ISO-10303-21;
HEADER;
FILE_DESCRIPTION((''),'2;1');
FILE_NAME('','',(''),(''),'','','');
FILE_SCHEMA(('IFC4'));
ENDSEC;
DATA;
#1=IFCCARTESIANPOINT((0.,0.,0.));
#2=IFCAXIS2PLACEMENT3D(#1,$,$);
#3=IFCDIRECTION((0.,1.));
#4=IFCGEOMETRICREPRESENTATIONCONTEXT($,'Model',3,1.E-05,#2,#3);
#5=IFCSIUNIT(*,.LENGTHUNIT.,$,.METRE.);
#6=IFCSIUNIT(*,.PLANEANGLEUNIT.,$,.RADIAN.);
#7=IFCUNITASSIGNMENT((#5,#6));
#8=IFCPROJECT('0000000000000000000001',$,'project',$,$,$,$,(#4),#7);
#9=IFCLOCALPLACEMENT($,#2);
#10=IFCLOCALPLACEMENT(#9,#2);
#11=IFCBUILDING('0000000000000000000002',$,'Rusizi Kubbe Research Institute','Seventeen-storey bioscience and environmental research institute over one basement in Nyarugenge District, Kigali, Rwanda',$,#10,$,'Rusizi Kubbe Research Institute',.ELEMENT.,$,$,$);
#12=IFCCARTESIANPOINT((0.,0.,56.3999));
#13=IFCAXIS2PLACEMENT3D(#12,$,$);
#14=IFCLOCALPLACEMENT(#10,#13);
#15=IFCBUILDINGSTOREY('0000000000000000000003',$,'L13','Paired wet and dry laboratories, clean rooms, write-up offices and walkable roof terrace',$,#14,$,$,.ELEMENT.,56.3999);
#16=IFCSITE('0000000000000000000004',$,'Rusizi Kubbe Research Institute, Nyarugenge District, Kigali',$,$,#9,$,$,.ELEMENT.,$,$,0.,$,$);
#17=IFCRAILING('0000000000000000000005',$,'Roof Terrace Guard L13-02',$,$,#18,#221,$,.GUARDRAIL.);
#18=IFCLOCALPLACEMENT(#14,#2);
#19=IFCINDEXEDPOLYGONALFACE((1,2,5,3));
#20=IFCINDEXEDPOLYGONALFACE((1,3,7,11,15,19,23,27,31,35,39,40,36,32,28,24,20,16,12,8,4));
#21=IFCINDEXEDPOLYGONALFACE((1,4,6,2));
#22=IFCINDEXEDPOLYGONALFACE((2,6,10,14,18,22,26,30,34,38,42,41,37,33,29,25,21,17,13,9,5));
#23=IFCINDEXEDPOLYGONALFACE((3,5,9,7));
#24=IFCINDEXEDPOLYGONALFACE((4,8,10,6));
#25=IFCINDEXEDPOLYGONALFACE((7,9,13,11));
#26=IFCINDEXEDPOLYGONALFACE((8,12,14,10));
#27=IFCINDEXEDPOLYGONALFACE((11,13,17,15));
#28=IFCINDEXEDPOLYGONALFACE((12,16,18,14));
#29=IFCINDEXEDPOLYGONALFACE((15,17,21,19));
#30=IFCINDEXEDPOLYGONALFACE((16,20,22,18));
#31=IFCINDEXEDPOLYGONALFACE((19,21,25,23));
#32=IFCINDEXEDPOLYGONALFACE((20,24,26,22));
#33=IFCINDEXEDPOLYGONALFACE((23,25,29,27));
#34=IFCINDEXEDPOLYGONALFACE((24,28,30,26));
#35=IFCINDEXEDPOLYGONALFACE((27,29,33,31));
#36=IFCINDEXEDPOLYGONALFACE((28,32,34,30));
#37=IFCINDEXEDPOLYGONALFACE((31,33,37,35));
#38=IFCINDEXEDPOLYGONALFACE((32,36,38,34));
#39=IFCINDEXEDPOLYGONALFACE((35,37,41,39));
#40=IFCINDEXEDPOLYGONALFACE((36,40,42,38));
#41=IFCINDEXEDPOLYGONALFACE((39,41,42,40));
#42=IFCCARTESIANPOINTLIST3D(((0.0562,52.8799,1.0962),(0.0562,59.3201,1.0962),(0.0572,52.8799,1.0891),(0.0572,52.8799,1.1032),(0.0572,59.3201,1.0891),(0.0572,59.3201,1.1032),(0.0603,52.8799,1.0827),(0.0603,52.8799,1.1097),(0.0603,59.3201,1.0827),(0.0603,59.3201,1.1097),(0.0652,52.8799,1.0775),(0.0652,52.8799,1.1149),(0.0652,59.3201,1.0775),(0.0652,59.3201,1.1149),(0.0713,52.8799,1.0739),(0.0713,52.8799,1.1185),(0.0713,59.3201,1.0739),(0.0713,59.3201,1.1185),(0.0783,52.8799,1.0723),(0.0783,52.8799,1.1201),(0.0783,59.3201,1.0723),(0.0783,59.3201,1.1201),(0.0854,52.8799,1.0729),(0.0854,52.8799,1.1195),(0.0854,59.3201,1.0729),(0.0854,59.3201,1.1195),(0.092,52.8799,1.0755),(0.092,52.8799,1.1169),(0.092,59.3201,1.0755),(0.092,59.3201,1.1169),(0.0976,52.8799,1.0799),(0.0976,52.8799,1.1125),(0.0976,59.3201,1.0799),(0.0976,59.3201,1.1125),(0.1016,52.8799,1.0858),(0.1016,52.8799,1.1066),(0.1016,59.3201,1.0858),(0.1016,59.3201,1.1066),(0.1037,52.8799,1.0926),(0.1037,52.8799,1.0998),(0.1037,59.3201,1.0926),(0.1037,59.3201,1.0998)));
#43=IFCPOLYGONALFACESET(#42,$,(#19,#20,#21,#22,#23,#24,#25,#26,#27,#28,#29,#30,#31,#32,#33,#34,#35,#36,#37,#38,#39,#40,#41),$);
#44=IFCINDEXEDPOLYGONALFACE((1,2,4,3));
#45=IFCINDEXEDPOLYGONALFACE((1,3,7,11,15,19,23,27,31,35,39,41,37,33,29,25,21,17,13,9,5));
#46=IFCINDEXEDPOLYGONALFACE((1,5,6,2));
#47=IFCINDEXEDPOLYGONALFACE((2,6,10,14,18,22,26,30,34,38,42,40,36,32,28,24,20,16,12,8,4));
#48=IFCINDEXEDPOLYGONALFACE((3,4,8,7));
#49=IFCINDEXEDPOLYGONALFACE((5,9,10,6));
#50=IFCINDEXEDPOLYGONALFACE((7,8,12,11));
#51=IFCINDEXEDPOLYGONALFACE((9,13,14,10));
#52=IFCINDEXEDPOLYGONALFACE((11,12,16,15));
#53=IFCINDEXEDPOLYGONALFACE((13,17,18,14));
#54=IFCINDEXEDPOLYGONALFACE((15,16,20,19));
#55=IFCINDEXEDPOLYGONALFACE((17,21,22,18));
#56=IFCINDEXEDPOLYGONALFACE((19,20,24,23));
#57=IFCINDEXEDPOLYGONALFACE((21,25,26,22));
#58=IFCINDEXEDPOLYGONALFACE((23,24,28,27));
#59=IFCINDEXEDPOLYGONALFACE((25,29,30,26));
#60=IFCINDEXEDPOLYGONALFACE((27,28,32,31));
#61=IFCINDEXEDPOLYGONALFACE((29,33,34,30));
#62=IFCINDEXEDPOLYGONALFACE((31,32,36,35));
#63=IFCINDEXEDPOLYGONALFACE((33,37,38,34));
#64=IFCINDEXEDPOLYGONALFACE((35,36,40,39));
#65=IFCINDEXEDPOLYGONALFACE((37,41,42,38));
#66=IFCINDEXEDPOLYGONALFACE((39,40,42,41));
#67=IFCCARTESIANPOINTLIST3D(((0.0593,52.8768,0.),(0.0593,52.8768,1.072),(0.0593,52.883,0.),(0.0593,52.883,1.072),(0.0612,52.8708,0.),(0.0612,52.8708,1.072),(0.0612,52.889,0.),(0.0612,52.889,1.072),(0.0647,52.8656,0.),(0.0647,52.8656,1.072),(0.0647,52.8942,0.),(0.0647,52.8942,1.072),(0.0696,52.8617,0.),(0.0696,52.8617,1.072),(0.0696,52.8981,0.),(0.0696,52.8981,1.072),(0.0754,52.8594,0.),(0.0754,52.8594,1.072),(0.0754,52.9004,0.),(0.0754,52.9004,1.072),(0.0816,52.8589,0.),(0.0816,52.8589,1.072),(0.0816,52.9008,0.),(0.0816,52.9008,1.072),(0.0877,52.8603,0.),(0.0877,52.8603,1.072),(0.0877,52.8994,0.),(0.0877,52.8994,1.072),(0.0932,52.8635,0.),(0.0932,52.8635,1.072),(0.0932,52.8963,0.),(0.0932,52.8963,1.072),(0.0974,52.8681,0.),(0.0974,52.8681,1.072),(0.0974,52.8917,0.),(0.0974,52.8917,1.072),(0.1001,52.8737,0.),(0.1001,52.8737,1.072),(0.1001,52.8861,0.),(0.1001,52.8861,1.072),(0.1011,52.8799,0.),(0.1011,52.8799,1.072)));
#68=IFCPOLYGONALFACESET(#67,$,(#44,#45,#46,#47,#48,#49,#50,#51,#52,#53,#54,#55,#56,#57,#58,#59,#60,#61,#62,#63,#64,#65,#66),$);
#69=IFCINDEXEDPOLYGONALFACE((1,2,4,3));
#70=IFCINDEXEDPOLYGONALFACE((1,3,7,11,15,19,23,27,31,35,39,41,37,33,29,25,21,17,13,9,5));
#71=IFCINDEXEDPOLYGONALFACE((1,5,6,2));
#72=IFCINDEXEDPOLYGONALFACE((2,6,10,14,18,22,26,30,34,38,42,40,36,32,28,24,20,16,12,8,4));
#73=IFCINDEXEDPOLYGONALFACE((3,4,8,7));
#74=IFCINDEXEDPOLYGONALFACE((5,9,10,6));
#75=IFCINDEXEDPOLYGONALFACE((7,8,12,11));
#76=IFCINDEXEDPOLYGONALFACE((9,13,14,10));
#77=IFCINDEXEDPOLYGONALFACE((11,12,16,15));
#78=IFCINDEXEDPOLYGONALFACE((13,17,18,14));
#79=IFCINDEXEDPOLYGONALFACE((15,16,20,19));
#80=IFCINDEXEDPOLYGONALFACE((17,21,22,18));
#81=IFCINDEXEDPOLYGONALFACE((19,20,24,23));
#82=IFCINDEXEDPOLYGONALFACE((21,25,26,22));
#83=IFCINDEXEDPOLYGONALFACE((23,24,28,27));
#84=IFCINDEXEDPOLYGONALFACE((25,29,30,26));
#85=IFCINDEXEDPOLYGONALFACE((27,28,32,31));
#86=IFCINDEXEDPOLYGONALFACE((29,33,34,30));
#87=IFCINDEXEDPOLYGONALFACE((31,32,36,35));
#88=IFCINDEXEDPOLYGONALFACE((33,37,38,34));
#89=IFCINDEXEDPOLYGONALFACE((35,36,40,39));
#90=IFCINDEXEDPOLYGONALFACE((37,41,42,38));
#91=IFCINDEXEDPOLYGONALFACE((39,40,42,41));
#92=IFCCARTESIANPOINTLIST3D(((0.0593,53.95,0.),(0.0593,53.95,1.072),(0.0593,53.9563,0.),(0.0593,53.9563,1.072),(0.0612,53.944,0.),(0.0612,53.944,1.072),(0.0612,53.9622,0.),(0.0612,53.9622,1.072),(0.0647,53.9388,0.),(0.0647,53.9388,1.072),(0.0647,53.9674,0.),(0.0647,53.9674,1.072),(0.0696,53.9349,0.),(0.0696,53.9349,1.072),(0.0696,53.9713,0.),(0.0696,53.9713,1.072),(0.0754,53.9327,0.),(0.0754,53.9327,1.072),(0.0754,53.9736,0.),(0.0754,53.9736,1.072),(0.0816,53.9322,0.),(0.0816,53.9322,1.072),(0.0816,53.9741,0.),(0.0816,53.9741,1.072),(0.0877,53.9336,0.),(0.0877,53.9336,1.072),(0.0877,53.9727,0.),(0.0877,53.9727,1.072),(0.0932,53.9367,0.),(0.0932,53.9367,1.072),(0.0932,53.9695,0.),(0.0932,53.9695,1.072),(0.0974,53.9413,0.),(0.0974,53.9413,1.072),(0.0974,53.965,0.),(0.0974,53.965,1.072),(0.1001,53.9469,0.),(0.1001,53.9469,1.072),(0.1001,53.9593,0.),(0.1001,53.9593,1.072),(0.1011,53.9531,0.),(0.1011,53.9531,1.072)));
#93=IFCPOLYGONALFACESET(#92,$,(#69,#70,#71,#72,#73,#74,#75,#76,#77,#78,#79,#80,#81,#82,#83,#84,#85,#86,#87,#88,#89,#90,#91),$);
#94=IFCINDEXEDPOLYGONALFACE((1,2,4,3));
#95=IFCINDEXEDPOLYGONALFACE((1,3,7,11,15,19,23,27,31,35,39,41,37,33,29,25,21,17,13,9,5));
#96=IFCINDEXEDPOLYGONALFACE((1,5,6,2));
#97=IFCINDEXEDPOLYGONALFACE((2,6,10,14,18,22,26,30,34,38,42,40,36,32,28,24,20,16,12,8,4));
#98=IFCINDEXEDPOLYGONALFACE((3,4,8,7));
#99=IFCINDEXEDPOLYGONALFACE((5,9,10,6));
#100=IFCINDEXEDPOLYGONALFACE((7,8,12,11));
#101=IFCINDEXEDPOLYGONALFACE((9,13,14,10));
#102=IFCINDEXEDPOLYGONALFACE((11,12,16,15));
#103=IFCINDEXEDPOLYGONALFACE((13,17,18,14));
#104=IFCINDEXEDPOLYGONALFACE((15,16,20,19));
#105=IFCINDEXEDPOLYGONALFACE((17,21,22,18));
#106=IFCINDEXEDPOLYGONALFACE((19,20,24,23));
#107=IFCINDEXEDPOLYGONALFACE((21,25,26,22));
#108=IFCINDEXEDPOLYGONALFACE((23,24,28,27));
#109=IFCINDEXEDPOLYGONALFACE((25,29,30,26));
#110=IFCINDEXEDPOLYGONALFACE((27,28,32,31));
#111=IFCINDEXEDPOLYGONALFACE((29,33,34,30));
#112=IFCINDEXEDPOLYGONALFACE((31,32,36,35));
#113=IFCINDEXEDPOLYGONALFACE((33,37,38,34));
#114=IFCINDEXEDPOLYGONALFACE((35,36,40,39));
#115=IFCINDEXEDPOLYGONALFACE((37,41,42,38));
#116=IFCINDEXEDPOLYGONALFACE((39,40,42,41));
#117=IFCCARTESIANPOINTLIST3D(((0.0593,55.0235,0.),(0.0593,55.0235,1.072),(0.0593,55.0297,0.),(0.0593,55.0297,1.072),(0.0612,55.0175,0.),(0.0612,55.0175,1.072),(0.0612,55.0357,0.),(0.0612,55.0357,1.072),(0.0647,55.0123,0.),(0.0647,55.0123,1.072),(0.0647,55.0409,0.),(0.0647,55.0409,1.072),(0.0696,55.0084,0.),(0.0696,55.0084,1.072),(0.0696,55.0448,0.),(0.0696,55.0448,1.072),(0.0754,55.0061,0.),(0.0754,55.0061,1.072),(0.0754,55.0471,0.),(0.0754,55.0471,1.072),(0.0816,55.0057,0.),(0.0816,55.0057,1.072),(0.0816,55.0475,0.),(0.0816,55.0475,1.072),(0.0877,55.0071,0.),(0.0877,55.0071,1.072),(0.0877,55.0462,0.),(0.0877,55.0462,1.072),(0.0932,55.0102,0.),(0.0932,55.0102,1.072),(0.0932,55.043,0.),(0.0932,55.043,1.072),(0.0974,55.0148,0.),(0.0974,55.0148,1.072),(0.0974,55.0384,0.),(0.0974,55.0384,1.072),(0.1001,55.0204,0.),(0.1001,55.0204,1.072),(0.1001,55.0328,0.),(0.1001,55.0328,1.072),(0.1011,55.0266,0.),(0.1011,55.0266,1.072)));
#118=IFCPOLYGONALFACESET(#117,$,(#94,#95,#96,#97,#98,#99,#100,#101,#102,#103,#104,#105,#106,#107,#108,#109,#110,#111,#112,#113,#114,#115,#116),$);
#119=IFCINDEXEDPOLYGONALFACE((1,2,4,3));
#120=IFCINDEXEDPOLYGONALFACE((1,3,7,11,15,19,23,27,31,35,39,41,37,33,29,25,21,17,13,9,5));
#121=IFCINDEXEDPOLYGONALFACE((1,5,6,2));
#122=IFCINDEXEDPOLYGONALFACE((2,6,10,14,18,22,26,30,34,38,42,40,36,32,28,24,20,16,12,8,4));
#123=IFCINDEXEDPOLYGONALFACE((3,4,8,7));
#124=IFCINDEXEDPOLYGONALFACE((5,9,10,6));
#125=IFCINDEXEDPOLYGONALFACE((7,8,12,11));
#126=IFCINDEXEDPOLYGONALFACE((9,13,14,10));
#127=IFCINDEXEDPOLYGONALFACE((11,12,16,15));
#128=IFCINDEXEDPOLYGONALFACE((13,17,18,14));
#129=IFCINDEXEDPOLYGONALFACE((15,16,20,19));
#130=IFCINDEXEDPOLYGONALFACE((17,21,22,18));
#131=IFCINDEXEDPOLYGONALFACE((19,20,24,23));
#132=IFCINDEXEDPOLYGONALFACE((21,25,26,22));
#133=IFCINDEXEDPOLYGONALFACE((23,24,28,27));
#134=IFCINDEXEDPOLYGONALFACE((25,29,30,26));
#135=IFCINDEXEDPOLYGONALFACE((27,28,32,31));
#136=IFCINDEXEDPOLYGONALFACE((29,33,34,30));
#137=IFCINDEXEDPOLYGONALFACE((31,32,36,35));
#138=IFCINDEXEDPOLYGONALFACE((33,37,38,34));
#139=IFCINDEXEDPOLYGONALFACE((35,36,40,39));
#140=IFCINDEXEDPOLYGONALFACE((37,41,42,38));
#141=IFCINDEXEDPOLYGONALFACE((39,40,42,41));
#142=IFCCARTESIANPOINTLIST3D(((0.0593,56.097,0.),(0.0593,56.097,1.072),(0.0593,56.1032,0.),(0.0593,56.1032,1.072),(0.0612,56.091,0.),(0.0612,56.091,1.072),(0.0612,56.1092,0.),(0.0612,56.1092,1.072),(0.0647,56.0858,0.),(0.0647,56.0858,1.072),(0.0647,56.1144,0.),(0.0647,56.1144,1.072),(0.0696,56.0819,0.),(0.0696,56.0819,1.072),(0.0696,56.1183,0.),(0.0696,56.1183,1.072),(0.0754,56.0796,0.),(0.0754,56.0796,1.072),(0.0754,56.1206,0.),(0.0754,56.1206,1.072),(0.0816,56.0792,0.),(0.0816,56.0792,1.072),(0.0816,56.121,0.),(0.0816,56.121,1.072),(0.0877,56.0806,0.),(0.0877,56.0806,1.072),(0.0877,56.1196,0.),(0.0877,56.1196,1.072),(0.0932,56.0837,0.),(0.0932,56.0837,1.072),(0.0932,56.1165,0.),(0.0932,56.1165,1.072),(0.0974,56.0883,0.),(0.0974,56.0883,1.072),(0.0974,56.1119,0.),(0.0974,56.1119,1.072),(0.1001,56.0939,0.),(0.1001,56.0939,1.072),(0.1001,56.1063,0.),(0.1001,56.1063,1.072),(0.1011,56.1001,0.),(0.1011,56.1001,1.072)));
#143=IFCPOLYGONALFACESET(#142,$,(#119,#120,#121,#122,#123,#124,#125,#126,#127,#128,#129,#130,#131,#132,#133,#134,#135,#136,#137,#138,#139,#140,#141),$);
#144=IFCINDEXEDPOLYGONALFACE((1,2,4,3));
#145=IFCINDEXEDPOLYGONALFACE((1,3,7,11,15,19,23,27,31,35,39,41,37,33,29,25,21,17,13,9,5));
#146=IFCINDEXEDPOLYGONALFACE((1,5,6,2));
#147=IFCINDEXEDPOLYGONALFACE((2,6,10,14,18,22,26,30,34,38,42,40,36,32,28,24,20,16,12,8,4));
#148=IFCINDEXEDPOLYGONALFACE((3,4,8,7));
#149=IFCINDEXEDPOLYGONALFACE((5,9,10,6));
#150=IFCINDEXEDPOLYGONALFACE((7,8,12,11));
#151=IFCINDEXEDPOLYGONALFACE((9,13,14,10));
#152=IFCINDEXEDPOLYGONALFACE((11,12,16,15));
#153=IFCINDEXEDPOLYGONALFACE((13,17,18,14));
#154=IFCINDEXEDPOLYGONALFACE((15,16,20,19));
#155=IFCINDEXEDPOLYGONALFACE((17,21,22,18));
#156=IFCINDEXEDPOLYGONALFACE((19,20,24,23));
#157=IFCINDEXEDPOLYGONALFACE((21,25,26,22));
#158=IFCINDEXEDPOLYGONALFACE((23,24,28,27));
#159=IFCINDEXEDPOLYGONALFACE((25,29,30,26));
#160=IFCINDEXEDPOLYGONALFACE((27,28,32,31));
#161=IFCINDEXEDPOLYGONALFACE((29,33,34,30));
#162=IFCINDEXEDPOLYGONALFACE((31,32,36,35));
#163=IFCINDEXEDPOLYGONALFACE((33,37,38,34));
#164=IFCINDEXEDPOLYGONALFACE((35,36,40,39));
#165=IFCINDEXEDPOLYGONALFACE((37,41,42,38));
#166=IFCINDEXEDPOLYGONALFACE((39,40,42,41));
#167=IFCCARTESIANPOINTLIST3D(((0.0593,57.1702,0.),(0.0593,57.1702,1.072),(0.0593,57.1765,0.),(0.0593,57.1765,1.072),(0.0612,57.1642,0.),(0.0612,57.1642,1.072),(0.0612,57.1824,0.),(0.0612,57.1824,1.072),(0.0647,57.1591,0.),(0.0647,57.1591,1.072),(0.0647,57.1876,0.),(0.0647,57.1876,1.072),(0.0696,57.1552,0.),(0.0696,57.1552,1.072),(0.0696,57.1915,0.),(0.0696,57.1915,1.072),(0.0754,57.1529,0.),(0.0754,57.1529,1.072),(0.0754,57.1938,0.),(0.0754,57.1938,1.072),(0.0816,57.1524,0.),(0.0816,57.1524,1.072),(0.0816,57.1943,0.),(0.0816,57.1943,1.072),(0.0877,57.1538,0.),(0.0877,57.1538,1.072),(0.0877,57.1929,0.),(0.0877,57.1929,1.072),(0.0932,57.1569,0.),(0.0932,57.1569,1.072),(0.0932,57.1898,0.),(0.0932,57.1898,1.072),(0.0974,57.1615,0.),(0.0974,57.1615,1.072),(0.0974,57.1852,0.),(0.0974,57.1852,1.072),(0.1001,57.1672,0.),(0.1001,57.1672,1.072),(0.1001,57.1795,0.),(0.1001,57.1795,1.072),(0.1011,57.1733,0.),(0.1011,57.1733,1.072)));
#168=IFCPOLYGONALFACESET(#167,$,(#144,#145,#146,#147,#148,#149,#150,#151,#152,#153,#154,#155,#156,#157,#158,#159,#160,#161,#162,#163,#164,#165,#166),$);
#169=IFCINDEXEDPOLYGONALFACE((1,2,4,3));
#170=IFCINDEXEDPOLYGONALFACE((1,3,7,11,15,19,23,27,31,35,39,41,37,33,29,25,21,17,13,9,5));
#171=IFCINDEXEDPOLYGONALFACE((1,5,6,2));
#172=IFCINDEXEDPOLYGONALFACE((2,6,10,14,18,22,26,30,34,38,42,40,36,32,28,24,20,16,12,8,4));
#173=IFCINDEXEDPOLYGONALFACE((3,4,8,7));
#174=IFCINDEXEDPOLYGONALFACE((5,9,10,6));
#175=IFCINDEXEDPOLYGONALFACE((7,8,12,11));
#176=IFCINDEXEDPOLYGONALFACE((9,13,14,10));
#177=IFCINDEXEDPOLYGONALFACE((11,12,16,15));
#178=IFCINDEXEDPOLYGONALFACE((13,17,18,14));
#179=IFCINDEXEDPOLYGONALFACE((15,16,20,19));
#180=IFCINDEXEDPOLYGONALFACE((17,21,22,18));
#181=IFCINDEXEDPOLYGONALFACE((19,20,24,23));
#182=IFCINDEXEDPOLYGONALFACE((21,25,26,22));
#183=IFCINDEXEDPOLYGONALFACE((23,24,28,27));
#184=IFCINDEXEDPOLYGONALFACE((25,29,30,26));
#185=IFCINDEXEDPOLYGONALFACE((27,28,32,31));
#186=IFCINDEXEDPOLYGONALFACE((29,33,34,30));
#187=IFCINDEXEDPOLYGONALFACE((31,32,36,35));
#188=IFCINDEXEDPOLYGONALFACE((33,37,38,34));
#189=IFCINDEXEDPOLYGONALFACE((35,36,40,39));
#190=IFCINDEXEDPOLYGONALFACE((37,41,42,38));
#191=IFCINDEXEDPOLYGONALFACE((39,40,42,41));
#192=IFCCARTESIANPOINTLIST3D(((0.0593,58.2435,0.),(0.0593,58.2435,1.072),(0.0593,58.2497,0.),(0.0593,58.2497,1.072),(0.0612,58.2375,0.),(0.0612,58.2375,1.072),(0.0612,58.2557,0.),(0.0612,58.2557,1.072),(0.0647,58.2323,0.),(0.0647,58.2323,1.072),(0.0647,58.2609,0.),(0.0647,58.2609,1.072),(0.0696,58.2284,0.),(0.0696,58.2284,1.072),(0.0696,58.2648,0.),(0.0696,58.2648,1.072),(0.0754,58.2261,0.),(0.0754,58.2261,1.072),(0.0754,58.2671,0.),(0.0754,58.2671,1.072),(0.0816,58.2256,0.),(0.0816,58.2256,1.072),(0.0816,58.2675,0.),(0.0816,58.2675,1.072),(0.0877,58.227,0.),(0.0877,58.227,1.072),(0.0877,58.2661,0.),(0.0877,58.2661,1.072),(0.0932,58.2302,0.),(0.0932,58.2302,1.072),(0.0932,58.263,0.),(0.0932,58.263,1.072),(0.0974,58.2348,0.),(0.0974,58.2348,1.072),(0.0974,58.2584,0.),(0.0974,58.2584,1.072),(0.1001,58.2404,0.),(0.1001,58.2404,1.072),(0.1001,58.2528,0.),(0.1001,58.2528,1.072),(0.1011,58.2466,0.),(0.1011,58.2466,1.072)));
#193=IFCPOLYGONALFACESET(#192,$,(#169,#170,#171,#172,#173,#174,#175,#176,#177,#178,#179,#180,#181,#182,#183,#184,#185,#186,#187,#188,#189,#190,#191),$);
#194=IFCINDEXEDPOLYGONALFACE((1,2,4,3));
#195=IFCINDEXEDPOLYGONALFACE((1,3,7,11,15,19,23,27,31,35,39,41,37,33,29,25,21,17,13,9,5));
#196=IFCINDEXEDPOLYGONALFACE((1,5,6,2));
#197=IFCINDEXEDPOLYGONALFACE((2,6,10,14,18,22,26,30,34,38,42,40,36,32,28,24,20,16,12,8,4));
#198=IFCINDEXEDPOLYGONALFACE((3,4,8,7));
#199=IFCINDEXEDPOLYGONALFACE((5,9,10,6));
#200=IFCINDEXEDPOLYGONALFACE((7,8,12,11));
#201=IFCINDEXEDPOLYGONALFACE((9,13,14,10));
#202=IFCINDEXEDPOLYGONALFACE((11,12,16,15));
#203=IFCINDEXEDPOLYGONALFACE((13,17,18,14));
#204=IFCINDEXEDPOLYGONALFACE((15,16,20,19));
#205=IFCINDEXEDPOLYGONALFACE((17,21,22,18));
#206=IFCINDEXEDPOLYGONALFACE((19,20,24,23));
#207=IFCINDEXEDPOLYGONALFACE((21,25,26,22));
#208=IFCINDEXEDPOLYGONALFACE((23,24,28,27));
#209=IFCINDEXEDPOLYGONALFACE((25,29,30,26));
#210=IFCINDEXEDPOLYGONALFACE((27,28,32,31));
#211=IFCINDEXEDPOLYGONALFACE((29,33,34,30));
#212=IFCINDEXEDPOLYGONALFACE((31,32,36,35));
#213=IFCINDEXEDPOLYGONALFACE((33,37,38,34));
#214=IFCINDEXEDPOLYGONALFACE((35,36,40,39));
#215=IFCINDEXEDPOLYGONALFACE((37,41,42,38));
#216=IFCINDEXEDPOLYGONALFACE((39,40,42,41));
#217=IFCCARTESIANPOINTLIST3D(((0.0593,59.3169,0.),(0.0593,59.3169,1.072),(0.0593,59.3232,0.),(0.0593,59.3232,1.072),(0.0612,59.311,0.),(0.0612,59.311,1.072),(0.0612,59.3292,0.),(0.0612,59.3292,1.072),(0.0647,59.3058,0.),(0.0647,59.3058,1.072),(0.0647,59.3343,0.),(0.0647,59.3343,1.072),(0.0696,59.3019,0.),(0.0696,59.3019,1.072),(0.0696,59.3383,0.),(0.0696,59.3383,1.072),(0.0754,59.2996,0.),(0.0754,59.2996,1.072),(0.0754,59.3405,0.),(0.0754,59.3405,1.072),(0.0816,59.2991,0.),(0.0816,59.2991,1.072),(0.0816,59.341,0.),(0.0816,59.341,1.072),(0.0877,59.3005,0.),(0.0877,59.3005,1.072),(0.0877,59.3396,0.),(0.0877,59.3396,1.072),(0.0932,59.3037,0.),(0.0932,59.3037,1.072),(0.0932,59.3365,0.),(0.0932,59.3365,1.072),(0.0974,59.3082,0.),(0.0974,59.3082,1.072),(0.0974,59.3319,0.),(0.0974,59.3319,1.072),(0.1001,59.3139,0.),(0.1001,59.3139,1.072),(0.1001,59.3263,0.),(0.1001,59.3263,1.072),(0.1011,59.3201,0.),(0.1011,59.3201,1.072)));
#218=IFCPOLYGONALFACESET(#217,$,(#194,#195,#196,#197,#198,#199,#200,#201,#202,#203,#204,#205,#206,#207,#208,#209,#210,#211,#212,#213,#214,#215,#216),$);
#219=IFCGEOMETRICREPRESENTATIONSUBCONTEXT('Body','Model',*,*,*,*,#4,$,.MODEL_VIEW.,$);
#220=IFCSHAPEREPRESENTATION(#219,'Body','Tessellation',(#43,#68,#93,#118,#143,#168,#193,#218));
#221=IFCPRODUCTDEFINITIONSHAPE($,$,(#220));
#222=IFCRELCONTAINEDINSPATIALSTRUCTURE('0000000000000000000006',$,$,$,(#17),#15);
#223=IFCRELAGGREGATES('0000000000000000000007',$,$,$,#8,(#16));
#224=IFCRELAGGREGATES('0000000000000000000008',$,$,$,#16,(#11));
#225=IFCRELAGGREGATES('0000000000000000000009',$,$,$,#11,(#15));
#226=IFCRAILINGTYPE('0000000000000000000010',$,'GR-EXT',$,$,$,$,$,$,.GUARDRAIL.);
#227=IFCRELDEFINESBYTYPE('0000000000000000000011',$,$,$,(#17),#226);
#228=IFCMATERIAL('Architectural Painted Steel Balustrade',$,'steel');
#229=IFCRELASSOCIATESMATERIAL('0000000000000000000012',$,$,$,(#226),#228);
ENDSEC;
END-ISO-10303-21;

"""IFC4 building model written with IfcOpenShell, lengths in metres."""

from ifc_helpers import new_model, si_unit, direction, frame, origin, origin_2d, place, context, subcontext, project, spatial, circle, extrude, material, type_object, element, save


model = new_model("IFC4")

# Units and contexts
model_context = context("Model", 3, precision=1e-05, world=origin(), true_north=direction((0.0, 1.0)))
body_context = subcontext(model_context, "Body", "Model", "MODEL_VIEW")
ifc_project = project(units=[si_unit("LENGTHUNIT", "METRE"), si_unit("PLANEANGLEUNIT", "RADIAN")], contexts=[model_context])

# Site, building, storey
site_placement = place(None, origin())
site = spatial("IfcSite", under=ifc_project, at=site_placement, Name="Rusizi Kubbe Research Institute, Nyarugenge District, Kigali", CompositionType="ELEMENT", RefElevation=0.0)
building_placement = place(site_placement, origin())
building = spatial("IfcBuilding", under=site, at=building_placement, Name="Rusizi Kubbe Research Institute", Description="Seventeen-storey bioscience and environmental research institute over one basement in Nyarugenge District, Kigali, Rwanda", LongName="Rusizi Kubbe Research Institute", CompositionType="ELEMENT")
storey_placement = place(building_placement, frame((0.0, 0.0, 56.3999)))
storey = spatial("IfcBuildingStorey", under=building, at=storey_placement, Name="L13", Description="Paired wet and dry laboratories, clean rooms, write-up offices and walkable roof terrace", CompositionType="ELEMENT", Elevation=56.3999)

# Railing
ifc_material_1 = material(Name="Architectural Painted Steel Balustrade", Category="steel")
railing_type = type_object("IfcRailingType", Name="GR-EXT", PredefinedType="GUARDRAIL", material=ifc_material_1)
railing_1_placement = place(storey_placement, frame((0.0801, 52.8799, 0.0)))
element("IfcRailing", 1, at=railing_1_placement, inside=storey, type_object=railing_type, Name="Roof Terrace Guard L13-02", PredefinedType="GUARDRAIL", context=body_context, shape_type="SweptSolid", body=[
    extrude(circle(Radius=0.0239, at=origin_2d()), frame((0.0, 0.0, 1.0962), z_axis=(0.0, 1.0, 0.0), x_axis=(-1.0, 0.0, 0.0)), (0.0, 0.0, 1.0), 6.4402),
    extrude(circle(Radius=0.021, at=origin_2d()), origin(), (0.0, 0.0, 1.0), 1.072),
    extrude(circle(Radius=0.021, at=origin_2d()), frame((0.0, 1.0732, 0.0)), (0.0, 0.0, 1.0), 1.072),
    extrude(circle(Radius=0.021, at=origin_2d()), frame((0.0, 2.1467, 0.0)), (0.0, 0.0, 1.0), 1.072),
    extrude(circle(Radius=0.021, at=origin_2d()), frame((0.0, 3.2202, 0.0)), (0.0, 0.0, 1.0), 1.072),
    extrude(circle(Radius=0.021, at=origin_2d()), frame((0.0, 4.2935, 0.0)), (0.0, 0.0, 1.0), 1.072),
    extrude(circle(Radius=0.021, at=origin_2d()), frame((0.0, 5.3667, 0.0)), (0.0, 0.0, 1.0), 1.072),
    extrude(circle(Radius=0.021, at=origin_2d()), frame((0.0, 6.4402, 0.0)), (0.0, 0.0, 1.0), 1.072),
])

save(model, "model.ifc")
